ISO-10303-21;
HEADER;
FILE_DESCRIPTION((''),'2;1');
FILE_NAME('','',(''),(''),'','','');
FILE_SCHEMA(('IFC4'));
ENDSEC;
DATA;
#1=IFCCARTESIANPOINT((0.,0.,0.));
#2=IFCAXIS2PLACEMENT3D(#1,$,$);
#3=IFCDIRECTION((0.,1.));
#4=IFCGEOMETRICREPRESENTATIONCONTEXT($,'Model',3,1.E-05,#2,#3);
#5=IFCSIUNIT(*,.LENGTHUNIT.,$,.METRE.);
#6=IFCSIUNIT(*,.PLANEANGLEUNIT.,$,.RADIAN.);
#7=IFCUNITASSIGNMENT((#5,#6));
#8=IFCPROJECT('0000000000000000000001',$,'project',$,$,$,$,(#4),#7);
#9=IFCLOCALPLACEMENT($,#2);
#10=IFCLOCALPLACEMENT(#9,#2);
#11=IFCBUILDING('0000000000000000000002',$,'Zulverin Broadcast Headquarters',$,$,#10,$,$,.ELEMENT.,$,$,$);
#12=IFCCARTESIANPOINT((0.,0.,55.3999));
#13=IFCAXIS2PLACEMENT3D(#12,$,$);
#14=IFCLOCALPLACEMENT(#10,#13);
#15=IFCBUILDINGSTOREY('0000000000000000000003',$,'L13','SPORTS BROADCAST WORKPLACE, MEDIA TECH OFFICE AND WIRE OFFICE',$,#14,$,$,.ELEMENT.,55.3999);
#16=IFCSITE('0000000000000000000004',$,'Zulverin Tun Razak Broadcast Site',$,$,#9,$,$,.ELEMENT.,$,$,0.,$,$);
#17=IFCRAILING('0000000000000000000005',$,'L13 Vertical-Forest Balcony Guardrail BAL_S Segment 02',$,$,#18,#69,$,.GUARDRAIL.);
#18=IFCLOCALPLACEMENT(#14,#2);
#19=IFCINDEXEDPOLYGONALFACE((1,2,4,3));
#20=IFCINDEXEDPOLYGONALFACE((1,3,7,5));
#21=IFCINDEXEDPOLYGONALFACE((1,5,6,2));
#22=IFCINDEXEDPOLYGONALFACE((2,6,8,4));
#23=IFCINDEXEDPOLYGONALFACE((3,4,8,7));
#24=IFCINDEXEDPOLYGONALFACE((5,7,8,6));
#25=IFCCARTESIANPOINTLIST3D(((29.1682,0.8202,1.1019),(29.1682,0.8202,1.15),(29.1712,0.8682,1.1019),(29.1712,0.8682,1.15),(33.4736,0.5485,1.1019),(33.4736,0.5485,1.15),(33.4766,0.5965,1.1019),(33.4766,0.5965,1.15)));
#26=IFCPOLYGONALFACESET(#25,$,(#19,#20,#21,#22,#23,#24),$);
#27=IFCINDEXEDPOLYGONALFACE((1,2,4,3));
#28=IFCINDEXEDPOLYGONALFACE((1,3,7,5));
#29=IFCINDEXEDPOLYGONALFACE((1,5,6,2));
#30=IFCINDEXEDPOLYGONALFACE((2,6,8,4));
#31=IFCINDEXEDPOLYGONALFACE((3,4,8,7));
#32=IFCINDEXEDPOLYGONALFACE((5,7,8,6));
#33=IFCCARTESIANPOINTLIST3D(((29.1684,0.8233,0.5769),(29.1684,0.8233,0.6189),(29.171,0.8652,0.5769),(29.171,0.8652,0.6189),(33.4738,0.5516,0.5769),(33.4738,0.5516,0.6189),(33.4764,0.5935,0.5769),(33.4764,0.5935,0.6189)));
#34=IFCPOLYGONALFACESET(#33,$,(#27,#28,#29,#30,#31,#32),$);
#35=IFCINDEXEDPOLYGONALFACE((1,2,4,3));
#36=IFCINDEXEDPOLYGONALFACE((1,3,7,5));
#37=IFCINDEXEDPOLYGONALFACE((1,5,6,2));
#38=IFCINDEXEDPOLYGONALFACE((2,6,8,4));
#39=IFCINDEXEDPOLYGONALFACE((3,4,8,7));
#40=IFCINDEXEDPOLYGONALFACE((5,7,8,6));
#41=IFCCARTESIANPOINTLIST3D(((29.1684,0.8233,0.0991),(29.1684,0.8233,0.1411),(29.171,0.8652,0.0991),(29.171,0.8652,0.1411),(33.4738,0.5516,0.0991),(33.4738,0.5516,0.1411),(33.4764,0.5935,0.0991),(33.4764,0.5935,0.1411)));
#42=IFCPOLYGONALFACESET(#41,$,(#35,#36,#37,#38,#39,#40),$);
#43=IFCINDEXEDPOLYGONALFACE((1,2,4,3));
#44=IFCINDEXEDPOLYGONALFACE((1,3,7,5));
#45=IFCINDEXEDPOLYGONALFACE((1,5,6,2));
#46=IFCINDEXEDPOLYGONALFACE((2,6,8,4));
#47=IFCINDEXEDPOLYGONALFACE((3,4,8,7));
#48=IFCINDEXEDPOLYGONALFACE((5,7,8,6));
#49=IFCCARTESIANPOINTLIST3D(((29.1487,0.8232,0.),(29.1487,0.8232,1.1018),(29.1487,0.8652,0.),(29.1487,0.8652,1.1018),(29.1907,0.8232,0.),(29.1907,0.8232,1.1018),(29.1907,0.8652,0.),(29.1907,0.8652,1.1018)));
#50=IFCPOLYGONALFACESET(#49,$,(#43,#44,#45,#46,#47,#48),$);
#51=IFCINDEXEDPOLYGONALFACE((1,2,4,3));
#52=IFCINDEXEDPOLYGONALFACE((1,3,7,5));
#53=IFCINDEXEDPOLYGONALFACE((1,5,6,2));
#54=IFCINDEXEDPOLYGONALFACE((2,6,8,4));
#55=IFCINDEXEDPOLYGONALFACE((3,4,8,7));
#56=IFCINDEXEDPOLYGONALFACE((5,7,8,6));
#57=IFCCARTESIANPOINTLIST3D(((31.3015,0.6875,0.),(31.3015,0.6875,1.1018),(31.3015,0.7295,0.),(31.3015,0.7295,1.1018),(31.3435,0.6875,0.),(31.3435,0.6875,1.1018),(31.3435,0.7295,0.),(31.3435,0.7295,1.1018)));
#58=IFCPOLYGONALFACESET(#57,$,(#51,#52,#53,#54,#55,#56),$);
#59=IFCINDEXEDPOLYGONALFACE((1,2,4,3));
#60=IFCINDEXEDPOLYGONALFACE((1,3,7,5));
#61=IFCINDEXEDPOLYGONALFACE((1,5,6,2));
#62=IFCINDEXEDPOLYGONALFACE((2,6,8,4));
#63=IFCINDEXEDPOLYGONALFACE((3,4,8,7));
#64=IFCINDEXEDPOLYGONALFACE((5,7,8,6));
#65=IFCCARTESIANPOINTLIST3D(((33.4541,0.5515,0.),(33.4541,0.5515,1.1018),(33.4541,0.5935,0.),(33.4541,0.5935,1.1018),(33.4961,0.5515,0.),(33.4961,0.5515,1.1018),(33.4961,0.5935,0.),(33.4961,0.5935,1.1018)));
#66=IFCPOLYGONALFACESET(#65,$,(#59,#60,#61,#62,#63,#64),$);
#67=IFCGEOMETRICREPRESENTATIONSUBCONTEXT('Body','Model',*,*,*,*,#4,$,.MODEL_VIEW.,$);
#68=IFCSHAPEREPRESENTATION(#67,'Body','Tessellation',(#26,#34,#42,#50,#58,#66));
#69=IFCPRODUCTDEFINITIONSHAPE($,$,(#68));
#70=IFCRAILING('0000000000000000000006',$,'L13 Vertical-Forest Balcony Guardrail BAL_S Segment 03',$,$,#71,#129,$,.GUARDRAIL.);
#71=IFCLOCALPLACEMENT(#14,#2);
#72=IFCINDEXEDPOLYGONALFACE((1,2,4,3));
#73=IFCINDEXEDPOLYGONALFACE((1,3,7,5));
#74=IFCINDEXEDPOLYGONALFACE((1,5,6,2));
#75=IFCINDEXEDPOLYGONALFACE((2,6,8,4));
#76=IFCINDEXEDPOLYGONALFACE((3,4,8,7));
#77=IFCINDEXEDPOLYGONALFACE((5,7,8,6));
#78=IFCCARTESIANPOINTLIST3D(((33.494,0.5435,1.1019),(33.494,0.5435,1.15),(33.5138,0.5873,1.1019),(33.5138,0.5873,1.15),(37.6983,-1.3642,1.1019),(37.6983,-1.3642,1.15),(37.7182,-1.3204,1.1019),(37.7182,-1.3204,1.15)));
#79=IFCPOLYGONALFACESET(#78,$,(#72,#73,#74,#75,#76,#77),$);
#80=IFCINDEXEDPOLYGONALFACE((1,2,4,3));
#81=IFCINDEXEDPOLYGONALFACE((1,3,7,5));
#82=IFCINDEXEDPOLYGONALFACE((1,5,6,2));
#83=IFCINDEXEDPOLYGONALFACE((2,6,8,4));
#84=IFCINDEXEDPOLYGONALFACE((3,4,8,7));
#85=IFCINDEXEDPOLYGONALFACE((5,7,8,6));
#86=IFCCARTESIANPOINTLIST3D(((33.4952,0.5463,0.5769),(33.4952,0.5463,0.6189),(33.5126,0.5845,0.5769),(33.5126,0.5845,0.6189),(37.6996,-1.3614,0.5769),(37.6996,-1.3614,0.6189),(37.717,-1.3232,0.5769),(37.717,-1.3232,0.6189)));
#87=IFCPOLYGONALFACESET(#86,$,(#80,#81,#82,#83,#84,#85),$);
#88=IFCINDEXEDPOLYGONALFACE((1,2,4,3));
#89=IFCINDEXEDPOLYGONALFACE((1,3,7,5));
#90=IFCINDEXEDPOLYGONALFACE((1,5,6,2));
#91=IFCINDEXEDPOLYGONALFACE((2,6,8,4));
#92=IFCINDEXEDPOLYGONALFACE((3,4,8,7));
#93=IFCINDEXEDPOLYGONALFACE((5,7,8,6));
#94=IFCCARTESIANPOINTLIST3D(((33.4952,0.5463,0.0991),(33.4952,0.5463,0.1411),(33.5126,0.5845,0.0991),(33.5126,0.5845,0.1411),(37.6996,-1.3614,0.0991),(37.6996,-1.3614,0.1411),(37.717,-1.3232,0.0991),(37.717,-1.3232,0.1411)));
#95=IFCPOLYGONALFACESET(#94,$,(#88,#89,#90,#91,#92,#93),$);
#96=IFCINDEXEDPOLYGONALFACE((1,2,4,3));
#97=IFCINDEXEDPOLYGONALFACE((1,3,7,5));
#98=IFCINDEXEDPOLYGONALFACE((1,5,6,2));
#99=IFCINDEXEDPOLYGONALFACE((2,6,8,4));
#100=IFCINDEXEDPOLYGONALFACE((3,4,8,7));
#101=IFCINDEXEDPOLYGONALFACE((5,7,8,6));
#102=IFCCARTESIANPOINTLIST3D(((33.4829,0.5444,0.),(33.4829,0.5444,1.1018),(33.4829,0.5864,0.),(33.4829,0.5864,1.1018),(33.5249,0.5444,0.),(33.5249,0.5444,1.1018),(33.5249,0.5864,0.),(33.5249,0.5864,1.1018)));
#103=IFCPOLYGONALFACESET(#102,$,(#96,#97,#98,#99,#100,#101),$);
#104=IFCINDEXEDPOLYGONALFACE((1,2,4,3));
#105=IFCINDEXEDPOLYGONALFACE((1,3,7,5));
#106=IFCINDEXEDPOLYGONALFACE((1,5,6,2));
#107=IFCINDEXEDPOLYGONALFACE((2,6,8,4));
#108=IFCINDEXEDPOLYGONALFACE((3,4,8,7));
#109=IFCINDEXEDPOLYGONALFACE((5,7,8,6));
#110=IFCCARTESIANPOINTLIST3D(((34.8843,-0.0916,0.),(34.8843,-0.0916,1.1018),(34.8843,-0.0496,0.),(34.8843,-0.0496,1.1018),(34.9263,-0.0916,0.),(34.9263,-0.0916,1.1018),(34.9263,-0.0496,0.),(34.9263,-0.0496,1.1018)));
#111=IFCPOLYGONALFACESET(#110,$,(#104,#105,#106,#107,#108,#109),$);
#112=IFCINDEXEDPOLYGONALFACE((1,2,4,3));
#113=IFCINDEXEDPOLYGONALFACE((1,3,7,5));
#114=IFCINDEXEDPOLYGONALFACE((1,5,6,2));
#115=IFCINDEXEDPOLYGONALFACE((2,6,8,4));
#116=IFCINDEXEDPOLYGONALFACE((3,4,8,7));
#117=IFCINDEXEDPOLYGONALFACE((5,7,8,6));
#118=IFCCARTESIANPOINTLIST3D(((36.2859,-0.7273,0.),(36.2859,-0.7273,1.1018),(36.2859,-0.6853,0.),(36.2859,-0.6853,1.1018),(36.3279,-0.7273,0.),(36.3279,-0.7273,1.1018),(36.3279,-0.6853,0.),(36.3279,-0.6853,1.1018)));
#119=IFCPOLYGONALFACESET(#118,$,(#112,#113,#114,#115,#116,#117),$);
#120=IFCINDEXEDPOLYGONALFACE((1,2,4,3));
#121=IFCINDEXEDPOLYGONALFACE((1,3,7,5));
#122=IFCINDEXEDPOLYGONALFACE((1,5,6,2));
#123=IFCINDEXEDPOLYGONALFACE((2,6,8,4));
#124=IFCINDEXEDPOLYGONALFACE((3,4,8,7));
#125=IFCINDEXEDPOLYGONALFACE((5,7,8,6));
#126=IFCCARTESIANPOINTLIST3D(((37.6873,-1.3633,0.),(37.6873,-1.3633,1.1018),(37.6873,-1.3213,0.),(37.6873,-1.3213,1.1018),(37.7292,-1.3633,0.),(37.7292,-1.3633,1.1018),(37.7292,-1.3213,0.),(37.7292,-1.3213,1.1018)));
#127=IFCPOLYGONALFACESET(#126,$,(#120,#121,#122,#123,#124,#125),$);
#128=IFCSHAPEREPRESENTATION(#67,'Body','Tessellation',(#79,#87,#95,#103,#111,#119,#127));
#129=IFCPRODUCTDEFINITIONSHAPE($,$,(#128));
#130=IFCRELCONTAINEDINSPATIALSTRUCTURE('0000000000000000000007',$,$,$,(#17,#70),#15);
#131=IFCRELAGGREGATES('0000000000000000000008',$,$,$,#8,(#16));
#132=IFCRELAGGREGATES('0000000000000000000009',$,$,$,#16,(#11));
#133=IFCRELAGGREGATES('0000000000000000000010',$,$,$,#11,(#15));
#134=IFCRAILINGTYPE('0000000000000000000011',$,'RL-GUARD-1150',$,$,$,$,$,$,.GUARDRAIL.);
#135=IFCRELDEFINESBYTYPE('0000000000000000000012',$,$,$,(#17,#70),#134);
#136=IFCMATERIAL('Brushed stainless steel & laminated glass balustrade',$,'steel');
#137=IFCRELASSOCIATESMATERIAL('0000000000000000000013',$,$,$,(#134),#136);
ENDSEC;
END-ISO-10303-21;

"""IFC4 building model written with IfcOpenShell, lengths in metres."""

from ifc_helpers import new_model, si_unit, direction, frame, origin, origin_2d, place, context, subcontext, project, spatial, rectangle, extrude, material, type_object, element, save


model = new_model("IFC4")

# Units and contexts
model_context = context("Model", 3, precision=1e-05, world=origin(), true_north=direction((0.0, 1.0)))
body_context = subcontext(model_context, "Body", "Model", "MODEL_VIEW")
ifc_project = project(units=[si_unit("LENGTHUNIT", "METRE"), si_unit("PLANEANGLEUNIT", "RADIAN")], contexts=[model_context])

# Site, building, storey
site_placement = place(None, origin())
site = spatial("IfcSite", under=ifc_project, at=site_placement, Name="Zulverin Tun Razak Broadcast Site", CompositionType="ELEMENT", RefElevation=0.0)
building_placement = place(site_placement, origin())
building = spatial("IfcBuilding", under=site, at=building_placement, Name="Zulverin Broadcast Headquarters", CompositionType="ELEMENT")
storey_placement = place(building_placement, frame((0.0, 0.0, 55.3999)))
storey = spatial("IfcBuildingStorey", under=building, at=storey_placement, Name="L13", Description="SPORTS BROADCAST WORKPLACE, MEDIA TECH OFFICE AND WIRE OFFICE", CompositionType="ELEMENT", Elevation=55.3999)

# Railings
ifc_material_1 = material(Name="Brushed stainless steel & laminated glass balustrade", Category="steel")
railing_type = type_object("IfcRailingType", Name="RL-GUARD-1150", PredefinedType="GUARDRAIL", material=ifc_material_1)
railing_1_placement = place(storey_placement, frame((29.1697, 0.8442, 0.0)))
element("IfcRailing", 1, at=railing_1_placement, inside=storey, type_object=railing_type, Name="L13 Vertical-Forest Balcony Guardrail BAL_S Segment 02", PredefinedType="GUARDRAIL", context=body_context, shape_type="SweptSolid", body=[
    extrude(rectangle(XDim=0.0481, YDim=0.0481, at=origin_2d()), frame((0.0, 0.0, 1.126), z_axis=(0.998014, -0.062988, 0.0), x_axis=(0.062988, 0.998014, 0.0)), (0.0, 0.0, 1.0), 4.314),
    extrude(rectangle(XDim=0.042, YDim=0.042, at=origin_2d()), frame((0.0, 0.0, 0.5979), z_axis=(0.998014, -0.062988, 0.0), x_axis=(0.062988, 0.998014, 0.0)), (0.0, 0.0, 1.0), 4.314),
    extrude(rectangle(XDim=0.042, YDim=0.042, at=origin_2d()), frame((0.0, 0.0, 0.1201), z_axis=(0.998014, -0.062988, 0.0), x_axis=(0.062988, 0.998014, 0.0)), (0.0, 0.0, 1.0), 4.314),
    extrude(rectangle(XDim=0.042, YDim=0.042, at=origin_2d()), origin(), (0.0, 0.0, 1.0), 1.1018),
    extrude(rectangle(XDim=0.042, YDim=0.042, at=origin_2d()), frame((2.1528, -0.1357, 0.0)), (0.0, 0.0, 1.0), 1.1018),
    extrude(rectangle(XDim=0.042, YDim=0.042, at=origin_2d()), frame((4.3054, -0.2717, 0.0)), (0.0, 0.0, 1.0), 1.1018),
])
railing_2_placement = place(storey_placement, frame((33.5039, 0.5654, 0.0)))
element("IfcRailing", 2, at=railing_2_placement, inside=storey, type_object=railing_type, Name="L13 Vertical-Forest Balcony Guardrail BAL_S Segment 03", PredefinedType="GUARDRAIL", context=body_context, shape_type="SweptSolid", body=[
    extrude(rectangle(XDim=0.0481, YDim=0.0481, at=origin_2d()), frame((0.0, 0.0, 1.126), z_axis=(0.91064, -0.413201, 0.0), x_axis=(0.413201, 0.91064, 0.0)), (0.0, 0.0, 1.0), 4.6169),
    extrude(rectangle(XDim=0.042, YDim=0.042, at=origin_2d()), frame((0.0, 0.0, 0.5979), z_axis=(0.91064, -0.413201, 0.0), x_axis=(0.413201, 0.91064, 0.0)), (0.0, 0.0, 1.0), 4.6169),
    extrude(rectangle(XDim=0.042, YDim=0.042, at=origin_2d()), frame((0.0, 0.0, 0.1201), z_axis=(0.91064, -0.413201, 0.0), x_axis=(0.413201, 0.91064, 0.0)), (0.0, 0.0, 1.0), 4.6169),
    extrude(rectangle(XDim=0.042, YDim=0.042, at=origin_2d()), origin(), (0.0, 0.0, 1.0), 1.1018),
    extrude(rectangle(XDim=0.042, YDim=0.042, at=origin_2d()), frame((1.4014, -0.636, 0.0)), (0.0, 0.0, 1.0), 1.1018),
    extrude(rectangle(XDim=0.042, YDim=0.042, at=origin_2d()), frame((2.803, -1.2717, 0.0)), (0.0, 0.0, 1.0), 1.1018),
    extrude(rectangle(XDim=0.042, YDim=0.042, at=origin_2d()), frame((4.2043, -1.9077, 0.0)), (0.0, 0.0, 1.0), 1.1018),
])

save(model, "model.ifc")
